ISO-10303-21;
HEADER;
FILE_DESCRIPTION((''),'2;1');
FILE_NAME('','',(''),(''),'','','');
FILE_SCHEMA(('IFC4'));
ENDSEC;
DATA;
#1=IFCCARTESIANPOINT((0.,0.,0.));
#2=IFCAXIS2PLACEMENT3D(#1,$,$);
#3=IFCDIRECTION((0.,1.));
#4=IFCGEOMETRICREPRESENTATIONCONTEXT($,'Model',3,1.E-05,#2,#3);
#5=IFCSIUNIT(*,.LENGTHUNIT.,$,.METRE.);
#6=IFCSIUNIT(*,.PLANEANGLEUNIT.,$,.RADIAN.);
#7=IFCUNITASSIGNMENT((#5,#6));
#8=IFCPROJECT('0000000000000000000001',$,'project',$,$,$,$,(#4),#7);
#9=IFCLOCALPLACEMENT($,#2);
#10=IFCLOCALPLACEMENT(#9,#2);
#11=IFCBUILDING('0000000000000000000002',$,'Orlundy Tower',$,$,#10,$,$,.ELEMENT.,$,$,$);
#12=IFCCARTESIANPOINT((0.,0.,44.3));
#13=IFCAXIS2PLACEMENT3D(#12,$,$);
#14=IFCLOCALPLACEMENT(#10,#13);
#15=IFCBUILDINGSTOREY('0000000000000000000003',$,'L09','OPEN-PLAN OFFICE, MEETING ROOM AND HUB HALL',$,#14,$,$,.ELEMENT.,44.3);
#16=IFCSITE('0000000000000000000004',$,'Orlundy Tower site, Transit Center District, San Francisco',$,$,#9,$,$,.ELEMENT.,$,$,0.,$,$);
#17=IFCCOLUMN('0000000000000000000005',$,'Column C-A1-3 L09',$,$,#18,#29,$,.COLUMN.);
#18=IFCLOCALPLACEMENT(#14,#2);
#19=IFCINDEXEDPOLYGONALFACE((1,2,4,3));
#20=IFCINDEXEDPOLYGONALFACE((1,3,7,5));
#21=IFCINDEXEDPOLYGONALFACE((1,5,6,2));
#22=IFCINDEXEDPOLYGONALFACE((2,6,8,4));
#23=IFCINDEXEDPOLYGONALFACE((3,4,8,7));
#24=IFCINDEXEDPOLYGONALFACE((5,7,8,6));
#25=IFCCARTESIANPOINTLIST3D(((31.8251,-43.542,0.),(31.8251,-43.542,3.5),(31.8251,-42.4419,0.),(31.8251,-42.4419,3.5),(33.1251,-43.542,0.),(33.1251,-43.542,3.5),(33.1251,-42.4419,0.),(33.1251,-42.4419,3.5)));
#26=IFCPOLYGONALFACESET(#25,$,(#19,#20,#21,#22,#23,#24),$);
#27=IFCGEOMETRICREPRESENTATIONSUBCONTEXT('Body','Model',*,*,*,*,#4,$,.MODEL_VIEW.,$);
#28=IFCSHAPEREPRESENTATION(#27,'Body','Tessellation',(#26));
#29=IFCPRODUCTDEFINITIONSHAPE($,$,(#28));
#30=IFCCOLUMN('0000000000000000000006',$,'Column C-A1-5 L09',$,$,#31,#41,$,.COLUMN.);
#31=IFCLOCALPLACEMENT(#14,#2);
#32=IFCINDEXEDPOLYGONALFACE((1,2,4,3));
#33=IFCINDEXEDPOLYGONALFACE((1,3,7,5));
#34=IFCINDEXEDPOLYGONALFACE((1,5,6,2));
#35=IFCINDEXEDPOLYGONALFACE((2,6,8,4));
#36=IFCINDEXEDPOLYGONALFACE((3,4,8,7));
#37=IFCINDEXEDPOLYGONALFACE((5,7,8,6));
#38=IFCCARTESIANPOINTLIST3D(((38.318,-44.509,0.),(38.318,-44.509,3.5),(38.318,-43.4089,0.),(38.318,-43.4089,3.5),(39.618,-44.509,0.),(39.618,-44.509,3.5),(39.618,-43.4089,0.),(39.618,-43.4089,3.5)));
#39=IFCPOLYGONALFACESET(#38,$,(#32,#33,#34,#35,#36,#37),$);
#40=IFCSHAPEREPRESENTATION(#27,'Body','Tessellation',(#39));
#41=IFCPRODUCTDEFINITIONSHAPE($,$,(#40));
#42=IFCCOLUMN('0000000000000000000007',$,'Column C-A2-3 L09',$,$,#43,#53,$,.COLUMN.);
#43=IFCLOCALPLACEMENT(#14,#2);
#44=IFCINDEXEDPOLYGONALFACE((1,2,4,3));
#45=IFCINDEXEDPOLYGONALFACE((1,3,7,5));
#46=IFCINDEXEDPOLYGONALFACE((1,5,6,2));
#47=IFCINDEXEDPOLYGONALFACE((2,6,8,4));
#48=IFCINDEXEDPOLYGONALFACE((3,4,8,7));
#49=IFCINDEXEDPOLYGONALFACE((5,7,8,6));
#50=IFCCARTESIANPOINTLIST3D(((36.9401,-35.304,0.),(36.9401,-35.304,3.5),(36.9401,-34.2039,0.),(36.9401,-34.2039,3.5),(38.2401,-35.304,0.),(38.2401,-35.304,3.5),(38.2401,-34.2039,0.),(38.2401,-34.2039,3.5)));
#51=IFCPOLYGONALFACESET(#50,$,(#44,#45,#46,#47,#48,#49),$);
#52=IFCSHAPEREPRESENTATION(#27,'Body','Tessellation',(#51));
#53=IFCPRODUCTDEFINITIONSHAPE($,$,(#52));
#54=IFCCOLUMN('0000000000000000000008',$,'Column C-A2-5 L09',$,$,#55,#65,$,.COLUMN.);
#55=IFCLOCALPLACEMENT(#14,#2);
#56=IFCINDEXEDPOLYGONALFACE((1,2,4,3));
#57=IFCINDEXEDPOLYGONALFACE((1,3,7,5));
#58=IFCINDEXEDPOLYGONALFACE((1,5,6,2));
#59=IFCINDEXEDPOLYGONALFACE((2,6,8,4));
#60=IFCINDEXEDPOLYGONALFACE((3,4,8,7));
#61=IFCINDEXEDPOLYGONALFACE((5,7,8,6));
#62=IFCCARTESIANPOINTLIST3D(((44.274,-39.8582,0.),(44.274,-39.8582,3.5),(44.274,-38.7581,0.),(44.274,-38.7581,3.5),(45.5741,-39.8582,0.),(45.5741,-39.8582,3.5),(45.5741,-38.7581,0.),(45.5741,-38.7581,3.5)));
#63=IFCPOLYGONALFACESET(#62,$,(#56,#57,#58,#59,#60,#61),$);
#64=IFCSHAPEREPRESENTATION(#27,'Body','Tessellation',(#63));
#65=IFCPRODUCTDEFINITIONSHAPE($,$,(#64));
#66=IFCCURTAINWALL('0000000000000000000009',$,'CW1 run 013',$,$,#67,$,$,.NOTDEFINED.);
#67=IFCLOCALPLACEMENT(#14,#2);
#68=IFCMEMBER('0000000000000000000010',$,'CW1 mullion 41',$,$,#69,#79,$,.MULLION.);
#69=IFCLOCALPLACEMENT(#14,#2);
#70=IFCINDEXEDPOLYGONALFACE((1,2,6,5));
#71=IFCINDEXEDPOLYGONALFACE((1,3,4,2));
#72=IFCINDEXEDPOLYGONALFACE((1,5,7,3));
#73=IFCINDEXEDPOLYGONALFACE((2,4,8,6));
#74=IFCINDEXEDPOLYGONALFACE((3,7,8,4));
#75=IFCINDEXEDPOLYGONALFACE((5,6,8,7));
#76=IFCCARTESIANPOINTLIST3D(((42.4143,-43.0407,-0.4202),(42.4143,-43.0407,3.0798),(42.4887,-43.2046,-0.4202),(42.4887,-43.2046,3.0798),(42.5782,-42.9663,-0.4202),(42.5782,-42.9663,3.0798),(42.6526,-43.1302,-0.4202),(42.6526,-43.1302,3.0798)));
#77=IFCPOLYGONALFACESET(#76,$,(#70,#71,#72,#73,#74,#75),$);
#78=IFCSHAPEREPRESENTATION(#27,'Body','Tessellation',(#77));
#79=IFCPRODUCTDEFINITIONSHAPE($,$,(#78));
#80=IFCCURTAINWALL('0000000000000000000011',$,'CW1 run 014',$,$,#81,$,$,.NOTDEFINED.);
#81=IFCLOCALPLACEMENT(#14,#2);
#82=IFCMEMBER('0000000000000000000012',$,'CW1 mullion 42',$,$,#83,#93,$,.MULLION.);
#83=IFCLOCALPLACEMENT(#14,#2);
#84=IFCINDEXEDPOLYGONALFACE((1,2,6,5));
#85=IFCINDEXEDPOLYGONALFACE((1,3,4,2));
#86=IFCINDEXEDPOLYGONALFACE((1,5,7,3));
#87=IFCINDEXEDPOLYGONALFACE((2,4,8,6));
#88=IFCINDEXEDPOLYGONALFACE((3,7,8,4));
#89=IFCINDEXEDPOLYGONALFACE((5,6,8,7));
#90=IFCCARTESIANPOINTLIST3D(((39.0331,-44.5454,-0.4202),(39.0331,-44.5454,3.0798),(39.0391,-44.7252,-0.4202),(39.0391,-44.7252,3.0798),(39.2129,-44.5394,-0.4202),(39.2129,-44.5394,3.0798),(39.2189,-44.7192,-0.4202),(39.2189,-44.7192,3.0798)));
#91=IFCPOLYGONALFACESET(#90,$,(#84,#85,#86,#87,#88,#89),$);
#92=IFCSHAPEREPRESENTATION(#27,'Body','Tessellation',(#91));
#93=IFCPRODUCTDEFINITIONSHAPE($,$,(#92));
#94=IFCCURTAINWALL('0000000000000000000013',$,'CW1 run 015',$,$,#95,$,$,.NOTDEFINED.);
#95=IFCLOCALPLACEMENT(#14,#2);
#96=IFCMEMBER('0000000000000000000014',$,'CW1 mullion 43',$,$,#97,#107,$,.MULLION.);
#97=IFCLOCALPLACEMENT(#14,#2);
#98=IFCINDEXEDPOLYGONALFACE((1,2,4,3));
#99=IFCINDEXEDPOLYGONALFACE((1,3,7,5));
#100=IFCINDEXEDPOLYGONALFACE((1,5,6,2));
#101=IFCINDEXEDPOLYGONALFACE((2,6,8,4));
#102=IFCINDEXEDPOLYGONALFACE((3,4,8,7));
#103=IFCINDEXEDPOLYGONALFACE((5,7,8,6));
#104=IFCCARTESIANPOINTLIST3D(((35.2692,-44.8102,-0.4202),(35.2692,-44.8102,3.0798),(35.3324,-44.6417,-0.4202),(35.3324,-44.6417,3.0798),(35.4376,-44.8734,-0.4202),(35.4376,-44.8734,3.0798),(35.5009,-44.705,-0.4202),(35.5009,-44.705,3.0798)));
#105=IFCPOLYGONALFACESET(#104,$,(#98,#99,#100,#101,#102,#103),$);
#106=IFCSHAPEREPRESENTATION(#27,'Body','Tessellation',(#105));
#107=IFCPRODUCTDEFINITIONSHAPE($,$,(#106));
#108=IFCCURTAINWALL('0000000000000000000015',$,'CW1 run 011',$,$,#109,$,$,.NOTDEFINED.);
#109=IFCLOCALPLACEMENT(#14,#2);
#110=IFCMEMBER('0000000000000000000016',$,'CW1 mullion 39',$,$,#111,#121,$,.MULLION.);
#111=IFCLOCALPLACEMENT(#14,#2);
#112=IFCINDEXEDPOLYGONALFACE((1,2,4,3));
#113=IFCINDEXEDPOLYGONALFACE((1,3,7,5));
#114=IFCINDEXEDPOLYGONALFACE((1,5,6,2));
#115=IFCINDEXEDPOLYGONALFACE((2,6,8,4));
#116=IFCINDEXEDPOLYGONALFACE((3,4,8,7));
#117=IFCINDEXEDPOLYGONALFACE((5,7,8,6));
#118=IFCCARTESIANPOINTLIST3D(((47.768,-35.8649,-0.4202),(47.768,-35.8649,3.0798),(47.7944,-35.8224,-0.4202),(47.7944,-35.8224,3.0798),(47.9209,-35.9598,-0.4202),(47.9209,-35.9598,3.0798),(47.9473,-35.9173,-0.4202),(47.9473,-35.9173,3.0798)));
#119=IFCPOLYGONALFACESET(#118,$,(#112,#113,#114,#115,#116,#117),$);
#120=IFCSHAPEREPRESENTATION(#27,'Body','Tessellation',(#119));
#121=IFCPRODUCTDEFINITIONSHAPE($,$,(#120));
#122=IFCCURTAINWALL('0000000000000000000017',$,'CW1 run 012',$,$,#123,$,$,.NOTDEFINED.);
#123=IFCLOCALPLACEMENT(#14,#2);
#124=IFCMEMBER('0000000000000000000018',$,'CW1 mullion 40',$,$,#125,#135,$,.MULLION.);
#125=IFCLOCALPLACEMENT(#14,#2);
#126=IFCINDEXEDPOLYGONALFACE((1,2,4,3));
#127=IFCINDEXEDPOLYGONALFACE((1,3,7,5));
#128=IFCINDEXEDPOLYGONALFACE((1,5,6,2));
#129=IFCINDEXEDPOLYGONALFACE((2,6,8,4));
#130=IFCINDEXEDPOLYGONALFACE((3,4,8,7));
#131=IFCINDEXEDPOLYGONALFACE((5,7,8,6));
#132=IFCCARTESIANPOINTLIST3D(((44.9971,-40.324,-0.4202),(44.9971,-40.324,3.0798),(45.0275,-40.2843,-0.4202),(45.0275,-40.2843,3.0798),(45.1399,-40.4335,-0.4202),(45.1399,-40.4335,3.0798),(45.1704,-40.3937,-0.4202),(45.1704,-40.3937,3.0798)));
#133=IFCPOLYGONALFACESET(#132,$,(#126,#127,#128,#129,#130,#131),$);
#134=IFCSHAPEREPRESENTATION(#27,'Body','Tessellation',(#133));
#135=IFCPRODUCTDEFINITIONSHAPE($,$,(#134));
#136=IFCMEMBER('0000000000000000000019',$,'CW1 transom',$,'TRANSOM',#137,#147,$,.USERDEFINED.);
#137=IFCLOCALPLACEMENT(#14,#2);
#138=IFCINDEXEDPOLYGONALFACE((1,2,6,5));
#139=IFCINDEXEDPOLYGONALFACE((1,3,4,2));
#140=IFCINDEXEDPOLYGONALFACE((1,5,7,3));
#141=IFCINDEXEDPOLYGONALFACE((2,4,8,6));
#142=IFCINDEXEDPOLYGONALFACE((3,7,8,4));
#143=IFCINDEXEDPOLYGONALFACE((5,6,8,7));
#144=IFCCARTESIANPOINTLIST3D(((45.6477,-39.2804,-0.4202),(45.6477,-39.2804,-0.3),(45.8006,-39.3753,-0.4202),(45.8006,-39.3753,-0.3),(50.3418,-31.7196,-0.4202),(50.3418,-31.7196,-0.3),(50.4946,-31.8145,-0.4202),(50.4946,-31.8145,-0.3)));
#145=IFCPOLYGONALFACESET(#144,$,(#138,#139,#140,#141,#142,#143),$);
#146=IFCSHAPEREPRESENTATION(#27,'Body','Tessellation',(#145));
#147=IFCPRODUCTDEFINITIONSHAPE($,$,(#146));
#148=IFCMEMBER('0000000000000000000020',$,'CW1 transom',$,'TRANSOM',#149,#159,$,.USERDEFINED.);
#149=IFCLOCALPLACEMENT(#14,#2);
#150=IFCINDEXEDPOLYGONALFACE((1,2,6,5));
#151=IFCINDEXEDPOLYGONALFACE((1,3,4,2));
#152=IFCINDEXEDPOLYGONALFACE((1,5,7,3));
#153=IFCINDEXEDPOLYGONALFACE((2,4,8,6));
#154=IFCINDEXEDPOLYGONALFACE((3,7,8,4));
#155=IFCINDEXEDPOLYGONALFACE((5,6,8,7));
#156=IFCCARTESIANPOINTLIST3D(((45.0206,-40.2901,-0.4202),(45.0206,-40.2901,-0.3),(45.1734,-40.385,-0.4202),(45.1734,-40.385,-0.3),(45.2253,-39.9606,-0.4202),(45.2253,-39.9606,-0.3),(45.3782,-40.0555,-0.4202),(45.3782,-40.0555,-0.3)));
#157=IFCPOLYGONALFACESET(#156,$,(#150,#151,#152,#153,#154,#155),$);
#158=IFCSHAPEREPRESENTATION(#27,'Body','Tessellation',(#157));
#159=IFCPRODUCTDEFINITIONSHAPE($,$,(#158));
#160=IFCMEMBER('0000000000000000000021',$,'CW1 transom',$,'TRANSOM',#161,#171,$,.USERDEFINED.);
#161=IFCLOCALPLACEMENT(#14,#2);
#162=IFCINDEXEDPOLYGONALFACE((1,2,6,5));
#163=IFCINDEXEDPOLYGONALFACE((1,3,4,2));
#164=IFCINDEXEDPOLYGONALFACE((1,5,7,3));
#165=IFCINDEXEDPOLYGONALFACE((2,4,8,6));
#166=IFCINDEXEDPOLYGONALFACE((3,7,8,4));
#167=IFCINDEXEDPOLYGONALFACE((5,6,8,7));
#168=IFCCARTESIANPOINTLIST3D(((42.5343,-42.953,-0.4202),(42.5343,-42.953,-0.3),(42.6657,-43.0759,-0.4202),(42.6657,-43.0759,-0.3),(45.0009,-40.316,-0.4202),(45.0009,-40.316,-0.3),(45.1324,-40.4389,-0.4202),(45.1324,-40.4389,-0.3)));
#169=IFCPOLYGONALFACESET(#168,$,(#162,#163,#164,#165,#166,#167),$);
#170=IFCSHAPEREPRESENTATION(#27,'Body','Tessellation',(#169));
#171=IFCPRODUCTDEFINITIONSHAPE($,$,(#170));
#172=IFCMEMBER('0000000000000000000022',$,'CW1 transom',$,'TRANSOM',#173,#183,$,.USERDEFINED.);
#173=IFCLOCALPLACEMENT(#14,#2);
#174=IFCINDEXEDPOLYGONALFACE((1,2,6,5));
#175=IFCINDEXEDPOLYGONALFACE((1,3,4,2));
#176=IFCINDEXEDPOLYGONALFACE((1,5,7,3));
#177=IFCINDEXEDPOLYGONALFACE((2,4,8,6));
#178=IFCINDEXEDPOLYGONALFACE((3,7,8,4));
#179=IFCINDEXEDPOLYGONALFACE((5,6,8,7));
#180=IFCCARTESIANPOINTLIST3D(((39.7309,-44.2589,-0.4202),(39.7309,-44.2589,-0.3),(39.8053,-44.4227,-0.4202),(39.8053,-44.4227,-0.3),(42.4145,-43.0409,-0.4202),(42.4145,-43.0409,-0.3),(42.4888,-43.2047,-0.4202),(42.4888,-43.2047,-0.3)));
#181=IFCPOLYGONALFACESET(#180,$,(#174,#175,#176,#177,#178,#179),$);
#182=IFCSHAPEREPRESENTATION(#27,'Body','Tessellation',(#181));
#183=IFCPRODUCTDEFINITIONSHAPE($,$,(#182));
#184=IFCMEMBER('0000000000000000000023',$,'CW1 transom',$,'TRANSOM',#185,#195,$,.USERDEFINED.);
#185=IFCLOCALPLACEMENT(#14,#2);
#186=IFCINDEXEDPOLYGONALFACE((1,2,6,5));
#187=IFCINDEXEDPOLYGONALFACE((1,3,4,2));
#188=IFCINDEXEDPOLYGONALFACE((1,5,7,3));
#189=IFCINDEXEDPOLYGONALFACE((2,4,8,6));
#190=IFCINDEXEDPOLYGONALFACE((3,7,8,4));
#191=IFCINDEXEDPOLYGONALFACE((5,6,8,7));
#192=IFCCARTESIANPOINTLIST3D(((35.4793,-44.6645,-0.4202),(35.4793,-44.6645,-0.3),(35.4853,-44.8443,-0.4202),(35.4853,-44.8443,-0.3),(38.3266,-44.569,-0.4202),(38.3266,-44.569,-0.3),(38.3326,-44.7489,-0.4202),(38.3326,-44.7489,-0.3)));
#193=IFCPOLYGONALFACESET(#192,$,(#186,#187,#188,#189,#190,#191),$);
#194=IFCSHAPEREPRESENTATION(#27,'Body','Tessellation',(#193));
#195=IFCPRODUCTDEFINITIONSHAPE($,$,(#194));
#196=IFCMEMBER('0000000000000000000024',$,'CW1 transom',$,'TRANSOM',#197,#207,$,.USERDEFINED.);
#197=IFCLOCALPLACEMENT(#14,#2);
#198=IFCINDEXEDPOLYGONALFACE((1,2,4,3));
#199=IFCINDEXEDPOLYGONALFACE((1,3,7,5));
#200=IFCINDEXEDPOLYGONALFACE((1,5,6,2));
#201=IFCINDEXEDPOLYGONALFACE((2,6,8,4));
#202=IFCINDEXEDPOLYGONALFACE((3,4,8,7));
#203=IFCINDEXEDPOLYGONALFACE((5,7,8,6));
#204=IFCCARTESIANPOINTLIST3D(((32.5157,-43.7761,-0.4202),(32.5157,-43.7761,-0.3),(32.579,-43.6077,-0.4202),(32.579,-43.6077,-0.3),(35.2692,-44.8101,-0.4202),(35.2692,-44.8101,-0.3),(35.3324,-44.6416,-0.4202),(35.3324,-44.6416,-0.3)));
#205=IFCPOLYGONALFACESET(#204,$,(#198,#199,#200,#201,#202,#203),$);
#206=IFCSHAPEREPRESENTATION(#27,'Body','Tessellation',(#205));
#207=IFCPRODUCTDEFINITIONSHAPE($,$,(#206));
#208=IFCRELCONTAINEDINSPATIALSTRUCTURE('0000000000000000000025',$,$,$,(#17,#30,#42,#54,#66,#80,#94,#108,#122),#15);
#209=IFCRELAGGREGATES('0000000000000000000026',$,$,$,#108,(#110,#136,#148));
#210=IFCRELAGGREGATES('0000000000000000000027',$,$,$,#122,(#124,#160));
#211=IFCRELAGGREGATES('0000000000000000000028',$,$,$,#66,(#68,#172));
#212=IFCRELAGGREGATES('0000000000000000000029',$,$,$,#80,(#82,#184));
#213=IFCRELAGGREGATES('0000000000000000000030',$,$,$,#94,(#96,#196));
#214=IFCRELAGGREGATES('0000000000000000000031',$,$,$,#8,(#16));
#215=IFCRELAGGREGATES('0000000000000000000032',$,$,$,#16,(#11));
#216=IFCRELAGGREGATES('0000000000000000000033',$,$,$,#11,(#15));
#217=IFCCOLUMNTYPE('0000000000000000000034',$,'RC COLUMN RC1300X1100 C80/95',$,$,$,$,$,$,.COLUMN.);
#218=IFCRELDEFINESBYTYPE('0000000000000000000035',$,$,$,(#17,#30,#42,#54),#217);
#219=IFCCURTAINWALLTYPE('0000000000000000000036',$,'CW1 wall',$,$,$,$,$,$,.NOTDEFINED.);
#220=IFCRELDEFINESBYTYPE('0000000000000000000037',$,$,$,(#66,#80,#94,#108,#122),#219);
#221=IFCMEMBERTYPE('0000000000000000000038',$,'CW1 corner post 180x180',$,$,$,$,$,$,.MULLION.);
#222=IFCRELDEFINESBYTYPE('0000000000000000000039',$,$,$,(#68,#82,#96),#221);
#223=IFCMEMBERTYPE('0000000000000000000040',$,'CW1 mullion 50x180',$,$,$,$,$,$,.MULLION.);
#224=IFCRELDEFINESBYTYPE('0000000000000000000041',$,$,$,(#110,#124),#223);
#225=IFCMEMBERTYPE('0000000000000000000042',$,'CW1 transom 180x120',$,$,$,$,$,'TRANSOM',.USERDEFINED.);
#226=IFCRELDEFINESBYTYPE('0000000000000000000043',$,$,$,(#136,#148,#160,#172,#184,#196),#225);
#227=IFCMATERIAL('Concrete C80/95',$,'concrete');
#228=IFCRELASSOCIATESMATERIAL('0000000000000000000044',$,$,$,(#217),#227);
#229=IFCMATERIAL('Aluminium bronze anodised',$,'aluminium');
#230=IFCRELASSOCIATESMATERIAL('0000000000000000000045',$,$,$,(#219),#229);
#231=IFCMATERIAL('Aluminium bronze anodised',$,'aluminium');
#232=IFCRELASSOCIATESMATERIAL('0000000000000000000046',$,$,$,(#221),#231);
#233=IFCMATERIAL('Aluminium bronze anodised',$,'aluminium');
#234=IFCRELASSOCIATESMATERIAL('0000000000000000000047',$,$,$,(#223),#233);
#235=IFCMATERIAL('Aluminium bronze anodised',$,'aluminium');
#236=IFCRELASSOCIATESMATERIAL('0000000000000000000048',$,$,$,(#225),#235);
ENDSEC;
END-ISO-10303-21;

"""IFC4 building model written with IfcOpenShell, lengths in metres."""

from ifc_helpers import new_model, si_unit, direction, frame, origin, origin_2d, place, context, subcontext, project, spatial, rectangle, extrude, material, material_profile, profile_set, type_object, element, aggregate, save


model = new_model("IFC4")

# Units and contexts
model_context = context("Model", 3, precision=1e-05, world=origin(), true_north=direction((0.0, 1.0)))
body_context = subcontext(model_context, "Body", "Model", "MODEL_VIEW")
ifc_project = project(units=[si_unit("LENGTHUNIT", "METRE"), si_unit("PLANEANGLEUNIT", "RADIAN")], contexts=[model_context])

# Site, building, storey
site_placement = place(None, origin())
site = spatial("IfcSite", under=ifc_project, at=site_placement, Name="Orlundy Tower site, Transit Center District, San Francisco", CompositionType="ELEMENT", RefElevation=0.0)
building_placement = place(site_placement, origin())
building = spatial("IfcBuilding", under=site, at=building_placement, Name="Orlundy Tower", CompositionType="ELEMENT")
storey_placement = place(building_placement, frame((0.0, 0.0, 44.3)))
storey = spatial("IfcBuildingStorey", under=building, at=storey_placement, Name="L09", Description="OPEN-PLAN OFFICE, MEETING ROOM AND HUB HALL", CompositionType="ELEMENT", Elevation=44.3)

# Columns
ifc_material_1 = material(Name="Concrete C80/95", Category="concrete")
ifc_material_profile_1 = material_profile(ifc_material_1, rectangle(XDim=1.3, YDim=1.1001, at=origin_2d()), Name="RC1300X1100")
ifc_profile_set_1 = profile_set([ifc_material_profile_1], Name="Concrete C80/95")
column_type = type_object("IfcColumnType", Name="RC COLUMN RC1300X1100 C80/95", PredefinedType="COLUMN", material=ifc_profile_set_1)
for number, where, z_axis, x_axis, name in (
    (1, (32.4751, -42.9919, 0.0), (0.0, 0.0, 1.0), (1.0, 0.0, 0.0), "Column C-A1-3 L09"),
    (2, (38.968, -43.959, 0.0), (0.0, 0.0, 1.0), (1.0, 0.0, 0.0), "Column C-A1-5 L09"),
    (3, (37.5901, -34.7539, 0.0), (0.0, 0.0, 1.0), (1.0, 0.0, 0.0), "Column C-A2-3 L09"),
    (4, (44.9241, -39.3081, 0.0), (0.0, 0.0, 1.0), (1.0, 0.0, 0.0), "Column C-A2-5 L09"),
):
    element("IfcColumn", number, at=place(storey_placement, frame(where, z_axis=z_axis, x_axis=x_axis)), inside=storey, type_object=column_type, Name=name, PredefinedType="COLUMN", context=body_context, shape_type="SweptSolid", body=[
        extrude(rectangle(XDim=1.3, YDim=1.1001, at=origin_2d()), origin(), (0.0, 0.0, 1.0), 3.5),
    ])

# Curtain walls, members
ifc_material_2 = material(Name="Aluminium bronze anodised", Category="aluminium")
curtain_wall_type = type_object("IfcCurtainWallType", Name="CW1 wall", PredefinedType="NOTDEFINED", material=ifc_material_2)
curtain_wall_1_placement = place(storey_placement, origin())
curtain_wall_1 = element("IfcCurtainWall", 5, at=curtain_wall_1_placement, inside=storey, type_object=curtain_wall_type, Name="CW1 run 013", PredefinedType="NOTDEFINED")
ifc_material_3 = material(Name="Aluminium bronze anodised", Category="aluminium")
ifc_material_profile_2 = material_profile(ifc_material_3, rectangle(XDim=0.1799, YDim=0.1799, at=origin_2d()), Name="CW1 corner post 180x180")
ifc_profile_set_2 = profile_set([ifc_material_profile_2], Name="Aluminium bronze anodised")
member_type_1 = type_object("IfcMemberType", Name="CW1 corner post 180x180", PredefinedType="MULLION", material=ifc_profile_set_2)
member_1_placement = place(storey_placement, frame((42.5334, -43.0854, -0.4202), z_axis=(0.0, 0.0, 1.0), x_axis=(0.413335, -0.910579, 0.0)))
member_1 = element("IfcMember", 6, at=member_1_placement, type_object=member_type_1, Name="CW1 mullion 41", PredefinedType="MULLION", context=body_context, shape_type="SweptSolid", body=[
    extrude(rectangle(XDim=0.1799, YDim=0.1799, at=origin_2d()), origin(), (0.0, 0.0, 1.0), 3.5),
])
curtain_wall_2_placement = place(storey_placement, origin())
curtain_wall_2 = element("IfcCurtainWall", 7, at=curtain_wall_2_placement, inside=storey, type_object=curtain_wall_type, Name="CW1 run 014", PredefinedType="NOTDEFINED")
member_2_placement = place(storey_placement, frame((39.126, -44.6323, -0.4202), z_axis=(0.0, 0.0, 1.0), x_axis=(0.03345, -0.99944, 0.0)))
member_2 = element("IfcMember", 8, at=member_2_placement, type_object=member_type_1, Name="CW1 mullion 42", PredefinedType="MULLION", context=body_context, shape_type="SweptSolid", body=[
    extrude(rectangle(XDim=0.1799, YDim=0.1799, at=origin_2d()), origin(), (0.0, 0.0, 1.0), 3.5),
])
curtain_wall_3_placement = place(storey_placement, origin())
curtain_wall_3 = element("IfcCurtainWall", 9, at=curtain_wall_3_placement, inside=storey, type_object=curtain_wall_type, Name="CW1 run 015", PredefinedType="NOTDEFINED")
member_3_placement = place(storey_placement, frame((35.385, -44.7576, -0.4202), z_axis=(0.0, 0.0, 1.0), x_axis=(-0.351537, -0.936174, 0.0)))
member_3 = element("IfcMember", 10, at=member_3_placement, type_object=member_type_1, Name="CW1 mullion 43", PredefinedType="MULLION", context=body_context, shape_type="SweptSolid", body=[
    extrude(rectangle(XDim=0.1799, YDim=0.1799, at=origin_2d()), origin(), (0.0, 0.0, 1.0), 3.5),
])
curtain_wall_4_placement = place(storey_placement, origin())
curtain_wall_4 = element("IfcCurtainWall", 11, at=curtain_wall_4_placement, inside=storey, type_object=curtain_wall_type, Name="CW1 run 011", PredefinedType="NOTDEFINED")
ifc_material_4 = material(Name="Aluminium bronze anodised", Category="aluminium")
ifc_material_profile_3 = material_profile(ifc_material_4, rectangle(XDim=0.1799, YDim=0.05, at=origin_2d()), Name="CW1 mullion 50x180")
ifc_profile_set_3 = profile_set([ifc_material_profile_3], Name="Aluminium bronze anodised")
member_type_2 = type_object("IfcMemberType", Name="CW1 mullion 50x180", PredefinedType="MULLION", material=ifc_profile_set_3)
member_4_placement = place(storey_placement, frame((47.8577, -35.8911, -0.4202), z_axis=(0.0, 0.0, 1.0), x_axis=(0.84957, -0.527475, 0.0)))
member_4 = element("IfcMember", 12, at=member_4_placement, type_object=member_type_2, Name="CW1 mullion 39", PredefinedType="MULLION", context=body_context, shape_type="SweptSolid", body=[
    extrude(rectangle(XDim=0.1799, YDim=0.05, at=origin_2d()), origin(), (0.0, 0.0, 1.0), 3.5),
])
curtain_wall_5_placement = place(storey_placement, origin())
curtain_wall_5 = element("IfcCurtainWall", 13, at=curtain_wall_5_placement, inside=storey, type_object=curtain_wall_type, Name="CW1 run 012", PredefinedType="NOTDEFINED")
member_5_placement = place(storey_placement, frame((45.0837, -40.3589, -0.4202), z_axis=(0.0, 0.0, 1.0), x_axis=(0.793768, -0.60822, 0.0)))
member_5 = element("IfcMember", 14, at=member_5_placement, type_object=member_type_2, Name="CW1 mullion 40", PredefinedType="MULLION", context=body_context, shape_type="SweptSolid", body=[
    extrude(rectangle(XDim=0.1799, YDim=0.05, at=origin_2d()), origin(), (0.0, 0.0, 1.0), 3.5),
])

# Members
ifc_material_5 = material(Name="Aluminium bronze anodised", Category="aluminium")
ifc_material_profile_4 = material_profile(ifc_material_5, rectangle(XDim=0.1799, YDim=0.1201, at=origin_2d()), Name="CW1 transom 180x120")
ifc_profile_set_4 = profile_set([ifc_material_profile_4], Name="Aluminium bronze anodised")
member_type_3 = type_object("IfcMemberType", Name="CW1 transom 180x120", ElementType="TRANSOM", PredefinedType="USERDEFINED", material=ifc_profile_set_4)
member_6_placement = place(storey_placement, frame((50.4182, -31.7671, -0.3601), z_axis=(-0.527459, -0.84958, 0.0), x_axis=(0.84958, -0.527459, 0.0)))
member_6 = element("IfcMember", 15, at=member_6_placement, type_object=member_type_3, Name="CW1 transom", ObjectType="TRANSOM", PredefinedType="USERDEFINED", context=body_context, shape_type="SweptSolid", body=[
    extrude(rectangle(XDim=0.1799, YDim=0.1201, at=origin_2d()), origin(), (0.0, 0.0, 1.0), 8.8994),
])
member_7_placement = place(storey_placement, frame((45.3018, -40.0081, -0.3601), z_axis=(-0.527848, -0.849339, 0.0), x_axis=(0.849339, -0.527848, 0.0)))
member_7 = element("IfcMember", 16, at=member_7_placement, type_object=member_type_3, Name="CW1 transom", ObjectType="TRANSOM", PredefinedType="USERDEFINED", context=body_context, shape_type="SweptSolid", body=[
    extrude(rectangle(XDim=0.1799, YDim=0.1201, at=origin_2d()), origin(), (0.0, 0.0, 1.0), 0.3879),
])
member_8_placement = place(storey_placement, frame((45.0667, -40.3774, -0.3601), z_axis=(-0.683115, -0.730311, 0.0), x_axis=(0.730311, -0.683115, 0.0)))
member_8 = element("IfcMember", 17, at=member_8_placement, type_object=member_type_3, Name="CW1 transom", ObjectType="TRANSOM", PredefinedType="USERDEFINED", context=body_context, shape_type="SweptSolid", body=[
    extrude(rectangle(XDim=0.1799, YDim=0.1201, at=origin_2d()), origin(), (0.0, 0.0, 1.0), 3.6108),
])
member_9_placement = place(storey_placement, frame((42.4517, -43.1228, -0.3601), z_axis=(-0.910596, -0.413297, 0.0), x_axis=(0.413297, -0.910596, 0.0)))
member_9 = element("IfcMember", 18, at=member_9_placement, type_object=member_type_3, Name="CW1 transom", ObjectType="TRANSOM", PredefinedType="USERDEFINED", context=body_context, shape_type="SweptSolid", body=[
    extrude(rectangle(XDim=0.1799, YDim=0.1201, at=origin_2d()), origin(), (0.0, 0.0, 1.0), 2.947),
])
member_10_placement = place(storey_placement, frame((38.3296, -44.6589, -0.3601), z_axis=(-0.999438, -0.033509, 0.0), x_axis=(0.033509, -0.999438, 0.0)))
member_10 = element("IfcMember", 19, at=member_10_placement, type_object=member_type_3, Name="CW1 transom", ObjectType="TRANSOM", PredefinedType="USERDEFINED", context=body_context, shape_type="SweptSolid", body=[
    extrude(rectangle(XDim=0.1799, YDim=0.1201, at=origin_2d()), origin(), (0.0, 0.0, 1.0), 2.8489),
])
member_11_placement = place(storey_placement, frame((35.3008, -44.7258, -0.3601), z_axis=(-0.936172, 0.351542, 0.0), x_axis=(-0.351542, -0.936172, 0.0)))
member_11 = element("IfcMember", 20, at=member_11_placement, type_object=member_type_3, Name="CW1 transom", ObjectType="TRANSOM", PredefinedType="USERDEFINED", context=body_context, shape_type="SweptSolid", body=[
    extrude(rectangle(XDim=0.1799, YDim=0.1201, at=origin_2d()), origin(), (0.0, 0.0, 1.0), 2.9412),
])

aggregate(curtain_wall_4, [member_4, member_6, member_7])
aggregate(curtain_wall_5, [member_5, member_8])
aggregate(curtain_wall_1, [member_1, member_9])
aggregate(curtain_wall_2, [member_2, member_10])
aggregate(curtain_wall_3, [member_3, member_11])

save(model, "model.ifc")
